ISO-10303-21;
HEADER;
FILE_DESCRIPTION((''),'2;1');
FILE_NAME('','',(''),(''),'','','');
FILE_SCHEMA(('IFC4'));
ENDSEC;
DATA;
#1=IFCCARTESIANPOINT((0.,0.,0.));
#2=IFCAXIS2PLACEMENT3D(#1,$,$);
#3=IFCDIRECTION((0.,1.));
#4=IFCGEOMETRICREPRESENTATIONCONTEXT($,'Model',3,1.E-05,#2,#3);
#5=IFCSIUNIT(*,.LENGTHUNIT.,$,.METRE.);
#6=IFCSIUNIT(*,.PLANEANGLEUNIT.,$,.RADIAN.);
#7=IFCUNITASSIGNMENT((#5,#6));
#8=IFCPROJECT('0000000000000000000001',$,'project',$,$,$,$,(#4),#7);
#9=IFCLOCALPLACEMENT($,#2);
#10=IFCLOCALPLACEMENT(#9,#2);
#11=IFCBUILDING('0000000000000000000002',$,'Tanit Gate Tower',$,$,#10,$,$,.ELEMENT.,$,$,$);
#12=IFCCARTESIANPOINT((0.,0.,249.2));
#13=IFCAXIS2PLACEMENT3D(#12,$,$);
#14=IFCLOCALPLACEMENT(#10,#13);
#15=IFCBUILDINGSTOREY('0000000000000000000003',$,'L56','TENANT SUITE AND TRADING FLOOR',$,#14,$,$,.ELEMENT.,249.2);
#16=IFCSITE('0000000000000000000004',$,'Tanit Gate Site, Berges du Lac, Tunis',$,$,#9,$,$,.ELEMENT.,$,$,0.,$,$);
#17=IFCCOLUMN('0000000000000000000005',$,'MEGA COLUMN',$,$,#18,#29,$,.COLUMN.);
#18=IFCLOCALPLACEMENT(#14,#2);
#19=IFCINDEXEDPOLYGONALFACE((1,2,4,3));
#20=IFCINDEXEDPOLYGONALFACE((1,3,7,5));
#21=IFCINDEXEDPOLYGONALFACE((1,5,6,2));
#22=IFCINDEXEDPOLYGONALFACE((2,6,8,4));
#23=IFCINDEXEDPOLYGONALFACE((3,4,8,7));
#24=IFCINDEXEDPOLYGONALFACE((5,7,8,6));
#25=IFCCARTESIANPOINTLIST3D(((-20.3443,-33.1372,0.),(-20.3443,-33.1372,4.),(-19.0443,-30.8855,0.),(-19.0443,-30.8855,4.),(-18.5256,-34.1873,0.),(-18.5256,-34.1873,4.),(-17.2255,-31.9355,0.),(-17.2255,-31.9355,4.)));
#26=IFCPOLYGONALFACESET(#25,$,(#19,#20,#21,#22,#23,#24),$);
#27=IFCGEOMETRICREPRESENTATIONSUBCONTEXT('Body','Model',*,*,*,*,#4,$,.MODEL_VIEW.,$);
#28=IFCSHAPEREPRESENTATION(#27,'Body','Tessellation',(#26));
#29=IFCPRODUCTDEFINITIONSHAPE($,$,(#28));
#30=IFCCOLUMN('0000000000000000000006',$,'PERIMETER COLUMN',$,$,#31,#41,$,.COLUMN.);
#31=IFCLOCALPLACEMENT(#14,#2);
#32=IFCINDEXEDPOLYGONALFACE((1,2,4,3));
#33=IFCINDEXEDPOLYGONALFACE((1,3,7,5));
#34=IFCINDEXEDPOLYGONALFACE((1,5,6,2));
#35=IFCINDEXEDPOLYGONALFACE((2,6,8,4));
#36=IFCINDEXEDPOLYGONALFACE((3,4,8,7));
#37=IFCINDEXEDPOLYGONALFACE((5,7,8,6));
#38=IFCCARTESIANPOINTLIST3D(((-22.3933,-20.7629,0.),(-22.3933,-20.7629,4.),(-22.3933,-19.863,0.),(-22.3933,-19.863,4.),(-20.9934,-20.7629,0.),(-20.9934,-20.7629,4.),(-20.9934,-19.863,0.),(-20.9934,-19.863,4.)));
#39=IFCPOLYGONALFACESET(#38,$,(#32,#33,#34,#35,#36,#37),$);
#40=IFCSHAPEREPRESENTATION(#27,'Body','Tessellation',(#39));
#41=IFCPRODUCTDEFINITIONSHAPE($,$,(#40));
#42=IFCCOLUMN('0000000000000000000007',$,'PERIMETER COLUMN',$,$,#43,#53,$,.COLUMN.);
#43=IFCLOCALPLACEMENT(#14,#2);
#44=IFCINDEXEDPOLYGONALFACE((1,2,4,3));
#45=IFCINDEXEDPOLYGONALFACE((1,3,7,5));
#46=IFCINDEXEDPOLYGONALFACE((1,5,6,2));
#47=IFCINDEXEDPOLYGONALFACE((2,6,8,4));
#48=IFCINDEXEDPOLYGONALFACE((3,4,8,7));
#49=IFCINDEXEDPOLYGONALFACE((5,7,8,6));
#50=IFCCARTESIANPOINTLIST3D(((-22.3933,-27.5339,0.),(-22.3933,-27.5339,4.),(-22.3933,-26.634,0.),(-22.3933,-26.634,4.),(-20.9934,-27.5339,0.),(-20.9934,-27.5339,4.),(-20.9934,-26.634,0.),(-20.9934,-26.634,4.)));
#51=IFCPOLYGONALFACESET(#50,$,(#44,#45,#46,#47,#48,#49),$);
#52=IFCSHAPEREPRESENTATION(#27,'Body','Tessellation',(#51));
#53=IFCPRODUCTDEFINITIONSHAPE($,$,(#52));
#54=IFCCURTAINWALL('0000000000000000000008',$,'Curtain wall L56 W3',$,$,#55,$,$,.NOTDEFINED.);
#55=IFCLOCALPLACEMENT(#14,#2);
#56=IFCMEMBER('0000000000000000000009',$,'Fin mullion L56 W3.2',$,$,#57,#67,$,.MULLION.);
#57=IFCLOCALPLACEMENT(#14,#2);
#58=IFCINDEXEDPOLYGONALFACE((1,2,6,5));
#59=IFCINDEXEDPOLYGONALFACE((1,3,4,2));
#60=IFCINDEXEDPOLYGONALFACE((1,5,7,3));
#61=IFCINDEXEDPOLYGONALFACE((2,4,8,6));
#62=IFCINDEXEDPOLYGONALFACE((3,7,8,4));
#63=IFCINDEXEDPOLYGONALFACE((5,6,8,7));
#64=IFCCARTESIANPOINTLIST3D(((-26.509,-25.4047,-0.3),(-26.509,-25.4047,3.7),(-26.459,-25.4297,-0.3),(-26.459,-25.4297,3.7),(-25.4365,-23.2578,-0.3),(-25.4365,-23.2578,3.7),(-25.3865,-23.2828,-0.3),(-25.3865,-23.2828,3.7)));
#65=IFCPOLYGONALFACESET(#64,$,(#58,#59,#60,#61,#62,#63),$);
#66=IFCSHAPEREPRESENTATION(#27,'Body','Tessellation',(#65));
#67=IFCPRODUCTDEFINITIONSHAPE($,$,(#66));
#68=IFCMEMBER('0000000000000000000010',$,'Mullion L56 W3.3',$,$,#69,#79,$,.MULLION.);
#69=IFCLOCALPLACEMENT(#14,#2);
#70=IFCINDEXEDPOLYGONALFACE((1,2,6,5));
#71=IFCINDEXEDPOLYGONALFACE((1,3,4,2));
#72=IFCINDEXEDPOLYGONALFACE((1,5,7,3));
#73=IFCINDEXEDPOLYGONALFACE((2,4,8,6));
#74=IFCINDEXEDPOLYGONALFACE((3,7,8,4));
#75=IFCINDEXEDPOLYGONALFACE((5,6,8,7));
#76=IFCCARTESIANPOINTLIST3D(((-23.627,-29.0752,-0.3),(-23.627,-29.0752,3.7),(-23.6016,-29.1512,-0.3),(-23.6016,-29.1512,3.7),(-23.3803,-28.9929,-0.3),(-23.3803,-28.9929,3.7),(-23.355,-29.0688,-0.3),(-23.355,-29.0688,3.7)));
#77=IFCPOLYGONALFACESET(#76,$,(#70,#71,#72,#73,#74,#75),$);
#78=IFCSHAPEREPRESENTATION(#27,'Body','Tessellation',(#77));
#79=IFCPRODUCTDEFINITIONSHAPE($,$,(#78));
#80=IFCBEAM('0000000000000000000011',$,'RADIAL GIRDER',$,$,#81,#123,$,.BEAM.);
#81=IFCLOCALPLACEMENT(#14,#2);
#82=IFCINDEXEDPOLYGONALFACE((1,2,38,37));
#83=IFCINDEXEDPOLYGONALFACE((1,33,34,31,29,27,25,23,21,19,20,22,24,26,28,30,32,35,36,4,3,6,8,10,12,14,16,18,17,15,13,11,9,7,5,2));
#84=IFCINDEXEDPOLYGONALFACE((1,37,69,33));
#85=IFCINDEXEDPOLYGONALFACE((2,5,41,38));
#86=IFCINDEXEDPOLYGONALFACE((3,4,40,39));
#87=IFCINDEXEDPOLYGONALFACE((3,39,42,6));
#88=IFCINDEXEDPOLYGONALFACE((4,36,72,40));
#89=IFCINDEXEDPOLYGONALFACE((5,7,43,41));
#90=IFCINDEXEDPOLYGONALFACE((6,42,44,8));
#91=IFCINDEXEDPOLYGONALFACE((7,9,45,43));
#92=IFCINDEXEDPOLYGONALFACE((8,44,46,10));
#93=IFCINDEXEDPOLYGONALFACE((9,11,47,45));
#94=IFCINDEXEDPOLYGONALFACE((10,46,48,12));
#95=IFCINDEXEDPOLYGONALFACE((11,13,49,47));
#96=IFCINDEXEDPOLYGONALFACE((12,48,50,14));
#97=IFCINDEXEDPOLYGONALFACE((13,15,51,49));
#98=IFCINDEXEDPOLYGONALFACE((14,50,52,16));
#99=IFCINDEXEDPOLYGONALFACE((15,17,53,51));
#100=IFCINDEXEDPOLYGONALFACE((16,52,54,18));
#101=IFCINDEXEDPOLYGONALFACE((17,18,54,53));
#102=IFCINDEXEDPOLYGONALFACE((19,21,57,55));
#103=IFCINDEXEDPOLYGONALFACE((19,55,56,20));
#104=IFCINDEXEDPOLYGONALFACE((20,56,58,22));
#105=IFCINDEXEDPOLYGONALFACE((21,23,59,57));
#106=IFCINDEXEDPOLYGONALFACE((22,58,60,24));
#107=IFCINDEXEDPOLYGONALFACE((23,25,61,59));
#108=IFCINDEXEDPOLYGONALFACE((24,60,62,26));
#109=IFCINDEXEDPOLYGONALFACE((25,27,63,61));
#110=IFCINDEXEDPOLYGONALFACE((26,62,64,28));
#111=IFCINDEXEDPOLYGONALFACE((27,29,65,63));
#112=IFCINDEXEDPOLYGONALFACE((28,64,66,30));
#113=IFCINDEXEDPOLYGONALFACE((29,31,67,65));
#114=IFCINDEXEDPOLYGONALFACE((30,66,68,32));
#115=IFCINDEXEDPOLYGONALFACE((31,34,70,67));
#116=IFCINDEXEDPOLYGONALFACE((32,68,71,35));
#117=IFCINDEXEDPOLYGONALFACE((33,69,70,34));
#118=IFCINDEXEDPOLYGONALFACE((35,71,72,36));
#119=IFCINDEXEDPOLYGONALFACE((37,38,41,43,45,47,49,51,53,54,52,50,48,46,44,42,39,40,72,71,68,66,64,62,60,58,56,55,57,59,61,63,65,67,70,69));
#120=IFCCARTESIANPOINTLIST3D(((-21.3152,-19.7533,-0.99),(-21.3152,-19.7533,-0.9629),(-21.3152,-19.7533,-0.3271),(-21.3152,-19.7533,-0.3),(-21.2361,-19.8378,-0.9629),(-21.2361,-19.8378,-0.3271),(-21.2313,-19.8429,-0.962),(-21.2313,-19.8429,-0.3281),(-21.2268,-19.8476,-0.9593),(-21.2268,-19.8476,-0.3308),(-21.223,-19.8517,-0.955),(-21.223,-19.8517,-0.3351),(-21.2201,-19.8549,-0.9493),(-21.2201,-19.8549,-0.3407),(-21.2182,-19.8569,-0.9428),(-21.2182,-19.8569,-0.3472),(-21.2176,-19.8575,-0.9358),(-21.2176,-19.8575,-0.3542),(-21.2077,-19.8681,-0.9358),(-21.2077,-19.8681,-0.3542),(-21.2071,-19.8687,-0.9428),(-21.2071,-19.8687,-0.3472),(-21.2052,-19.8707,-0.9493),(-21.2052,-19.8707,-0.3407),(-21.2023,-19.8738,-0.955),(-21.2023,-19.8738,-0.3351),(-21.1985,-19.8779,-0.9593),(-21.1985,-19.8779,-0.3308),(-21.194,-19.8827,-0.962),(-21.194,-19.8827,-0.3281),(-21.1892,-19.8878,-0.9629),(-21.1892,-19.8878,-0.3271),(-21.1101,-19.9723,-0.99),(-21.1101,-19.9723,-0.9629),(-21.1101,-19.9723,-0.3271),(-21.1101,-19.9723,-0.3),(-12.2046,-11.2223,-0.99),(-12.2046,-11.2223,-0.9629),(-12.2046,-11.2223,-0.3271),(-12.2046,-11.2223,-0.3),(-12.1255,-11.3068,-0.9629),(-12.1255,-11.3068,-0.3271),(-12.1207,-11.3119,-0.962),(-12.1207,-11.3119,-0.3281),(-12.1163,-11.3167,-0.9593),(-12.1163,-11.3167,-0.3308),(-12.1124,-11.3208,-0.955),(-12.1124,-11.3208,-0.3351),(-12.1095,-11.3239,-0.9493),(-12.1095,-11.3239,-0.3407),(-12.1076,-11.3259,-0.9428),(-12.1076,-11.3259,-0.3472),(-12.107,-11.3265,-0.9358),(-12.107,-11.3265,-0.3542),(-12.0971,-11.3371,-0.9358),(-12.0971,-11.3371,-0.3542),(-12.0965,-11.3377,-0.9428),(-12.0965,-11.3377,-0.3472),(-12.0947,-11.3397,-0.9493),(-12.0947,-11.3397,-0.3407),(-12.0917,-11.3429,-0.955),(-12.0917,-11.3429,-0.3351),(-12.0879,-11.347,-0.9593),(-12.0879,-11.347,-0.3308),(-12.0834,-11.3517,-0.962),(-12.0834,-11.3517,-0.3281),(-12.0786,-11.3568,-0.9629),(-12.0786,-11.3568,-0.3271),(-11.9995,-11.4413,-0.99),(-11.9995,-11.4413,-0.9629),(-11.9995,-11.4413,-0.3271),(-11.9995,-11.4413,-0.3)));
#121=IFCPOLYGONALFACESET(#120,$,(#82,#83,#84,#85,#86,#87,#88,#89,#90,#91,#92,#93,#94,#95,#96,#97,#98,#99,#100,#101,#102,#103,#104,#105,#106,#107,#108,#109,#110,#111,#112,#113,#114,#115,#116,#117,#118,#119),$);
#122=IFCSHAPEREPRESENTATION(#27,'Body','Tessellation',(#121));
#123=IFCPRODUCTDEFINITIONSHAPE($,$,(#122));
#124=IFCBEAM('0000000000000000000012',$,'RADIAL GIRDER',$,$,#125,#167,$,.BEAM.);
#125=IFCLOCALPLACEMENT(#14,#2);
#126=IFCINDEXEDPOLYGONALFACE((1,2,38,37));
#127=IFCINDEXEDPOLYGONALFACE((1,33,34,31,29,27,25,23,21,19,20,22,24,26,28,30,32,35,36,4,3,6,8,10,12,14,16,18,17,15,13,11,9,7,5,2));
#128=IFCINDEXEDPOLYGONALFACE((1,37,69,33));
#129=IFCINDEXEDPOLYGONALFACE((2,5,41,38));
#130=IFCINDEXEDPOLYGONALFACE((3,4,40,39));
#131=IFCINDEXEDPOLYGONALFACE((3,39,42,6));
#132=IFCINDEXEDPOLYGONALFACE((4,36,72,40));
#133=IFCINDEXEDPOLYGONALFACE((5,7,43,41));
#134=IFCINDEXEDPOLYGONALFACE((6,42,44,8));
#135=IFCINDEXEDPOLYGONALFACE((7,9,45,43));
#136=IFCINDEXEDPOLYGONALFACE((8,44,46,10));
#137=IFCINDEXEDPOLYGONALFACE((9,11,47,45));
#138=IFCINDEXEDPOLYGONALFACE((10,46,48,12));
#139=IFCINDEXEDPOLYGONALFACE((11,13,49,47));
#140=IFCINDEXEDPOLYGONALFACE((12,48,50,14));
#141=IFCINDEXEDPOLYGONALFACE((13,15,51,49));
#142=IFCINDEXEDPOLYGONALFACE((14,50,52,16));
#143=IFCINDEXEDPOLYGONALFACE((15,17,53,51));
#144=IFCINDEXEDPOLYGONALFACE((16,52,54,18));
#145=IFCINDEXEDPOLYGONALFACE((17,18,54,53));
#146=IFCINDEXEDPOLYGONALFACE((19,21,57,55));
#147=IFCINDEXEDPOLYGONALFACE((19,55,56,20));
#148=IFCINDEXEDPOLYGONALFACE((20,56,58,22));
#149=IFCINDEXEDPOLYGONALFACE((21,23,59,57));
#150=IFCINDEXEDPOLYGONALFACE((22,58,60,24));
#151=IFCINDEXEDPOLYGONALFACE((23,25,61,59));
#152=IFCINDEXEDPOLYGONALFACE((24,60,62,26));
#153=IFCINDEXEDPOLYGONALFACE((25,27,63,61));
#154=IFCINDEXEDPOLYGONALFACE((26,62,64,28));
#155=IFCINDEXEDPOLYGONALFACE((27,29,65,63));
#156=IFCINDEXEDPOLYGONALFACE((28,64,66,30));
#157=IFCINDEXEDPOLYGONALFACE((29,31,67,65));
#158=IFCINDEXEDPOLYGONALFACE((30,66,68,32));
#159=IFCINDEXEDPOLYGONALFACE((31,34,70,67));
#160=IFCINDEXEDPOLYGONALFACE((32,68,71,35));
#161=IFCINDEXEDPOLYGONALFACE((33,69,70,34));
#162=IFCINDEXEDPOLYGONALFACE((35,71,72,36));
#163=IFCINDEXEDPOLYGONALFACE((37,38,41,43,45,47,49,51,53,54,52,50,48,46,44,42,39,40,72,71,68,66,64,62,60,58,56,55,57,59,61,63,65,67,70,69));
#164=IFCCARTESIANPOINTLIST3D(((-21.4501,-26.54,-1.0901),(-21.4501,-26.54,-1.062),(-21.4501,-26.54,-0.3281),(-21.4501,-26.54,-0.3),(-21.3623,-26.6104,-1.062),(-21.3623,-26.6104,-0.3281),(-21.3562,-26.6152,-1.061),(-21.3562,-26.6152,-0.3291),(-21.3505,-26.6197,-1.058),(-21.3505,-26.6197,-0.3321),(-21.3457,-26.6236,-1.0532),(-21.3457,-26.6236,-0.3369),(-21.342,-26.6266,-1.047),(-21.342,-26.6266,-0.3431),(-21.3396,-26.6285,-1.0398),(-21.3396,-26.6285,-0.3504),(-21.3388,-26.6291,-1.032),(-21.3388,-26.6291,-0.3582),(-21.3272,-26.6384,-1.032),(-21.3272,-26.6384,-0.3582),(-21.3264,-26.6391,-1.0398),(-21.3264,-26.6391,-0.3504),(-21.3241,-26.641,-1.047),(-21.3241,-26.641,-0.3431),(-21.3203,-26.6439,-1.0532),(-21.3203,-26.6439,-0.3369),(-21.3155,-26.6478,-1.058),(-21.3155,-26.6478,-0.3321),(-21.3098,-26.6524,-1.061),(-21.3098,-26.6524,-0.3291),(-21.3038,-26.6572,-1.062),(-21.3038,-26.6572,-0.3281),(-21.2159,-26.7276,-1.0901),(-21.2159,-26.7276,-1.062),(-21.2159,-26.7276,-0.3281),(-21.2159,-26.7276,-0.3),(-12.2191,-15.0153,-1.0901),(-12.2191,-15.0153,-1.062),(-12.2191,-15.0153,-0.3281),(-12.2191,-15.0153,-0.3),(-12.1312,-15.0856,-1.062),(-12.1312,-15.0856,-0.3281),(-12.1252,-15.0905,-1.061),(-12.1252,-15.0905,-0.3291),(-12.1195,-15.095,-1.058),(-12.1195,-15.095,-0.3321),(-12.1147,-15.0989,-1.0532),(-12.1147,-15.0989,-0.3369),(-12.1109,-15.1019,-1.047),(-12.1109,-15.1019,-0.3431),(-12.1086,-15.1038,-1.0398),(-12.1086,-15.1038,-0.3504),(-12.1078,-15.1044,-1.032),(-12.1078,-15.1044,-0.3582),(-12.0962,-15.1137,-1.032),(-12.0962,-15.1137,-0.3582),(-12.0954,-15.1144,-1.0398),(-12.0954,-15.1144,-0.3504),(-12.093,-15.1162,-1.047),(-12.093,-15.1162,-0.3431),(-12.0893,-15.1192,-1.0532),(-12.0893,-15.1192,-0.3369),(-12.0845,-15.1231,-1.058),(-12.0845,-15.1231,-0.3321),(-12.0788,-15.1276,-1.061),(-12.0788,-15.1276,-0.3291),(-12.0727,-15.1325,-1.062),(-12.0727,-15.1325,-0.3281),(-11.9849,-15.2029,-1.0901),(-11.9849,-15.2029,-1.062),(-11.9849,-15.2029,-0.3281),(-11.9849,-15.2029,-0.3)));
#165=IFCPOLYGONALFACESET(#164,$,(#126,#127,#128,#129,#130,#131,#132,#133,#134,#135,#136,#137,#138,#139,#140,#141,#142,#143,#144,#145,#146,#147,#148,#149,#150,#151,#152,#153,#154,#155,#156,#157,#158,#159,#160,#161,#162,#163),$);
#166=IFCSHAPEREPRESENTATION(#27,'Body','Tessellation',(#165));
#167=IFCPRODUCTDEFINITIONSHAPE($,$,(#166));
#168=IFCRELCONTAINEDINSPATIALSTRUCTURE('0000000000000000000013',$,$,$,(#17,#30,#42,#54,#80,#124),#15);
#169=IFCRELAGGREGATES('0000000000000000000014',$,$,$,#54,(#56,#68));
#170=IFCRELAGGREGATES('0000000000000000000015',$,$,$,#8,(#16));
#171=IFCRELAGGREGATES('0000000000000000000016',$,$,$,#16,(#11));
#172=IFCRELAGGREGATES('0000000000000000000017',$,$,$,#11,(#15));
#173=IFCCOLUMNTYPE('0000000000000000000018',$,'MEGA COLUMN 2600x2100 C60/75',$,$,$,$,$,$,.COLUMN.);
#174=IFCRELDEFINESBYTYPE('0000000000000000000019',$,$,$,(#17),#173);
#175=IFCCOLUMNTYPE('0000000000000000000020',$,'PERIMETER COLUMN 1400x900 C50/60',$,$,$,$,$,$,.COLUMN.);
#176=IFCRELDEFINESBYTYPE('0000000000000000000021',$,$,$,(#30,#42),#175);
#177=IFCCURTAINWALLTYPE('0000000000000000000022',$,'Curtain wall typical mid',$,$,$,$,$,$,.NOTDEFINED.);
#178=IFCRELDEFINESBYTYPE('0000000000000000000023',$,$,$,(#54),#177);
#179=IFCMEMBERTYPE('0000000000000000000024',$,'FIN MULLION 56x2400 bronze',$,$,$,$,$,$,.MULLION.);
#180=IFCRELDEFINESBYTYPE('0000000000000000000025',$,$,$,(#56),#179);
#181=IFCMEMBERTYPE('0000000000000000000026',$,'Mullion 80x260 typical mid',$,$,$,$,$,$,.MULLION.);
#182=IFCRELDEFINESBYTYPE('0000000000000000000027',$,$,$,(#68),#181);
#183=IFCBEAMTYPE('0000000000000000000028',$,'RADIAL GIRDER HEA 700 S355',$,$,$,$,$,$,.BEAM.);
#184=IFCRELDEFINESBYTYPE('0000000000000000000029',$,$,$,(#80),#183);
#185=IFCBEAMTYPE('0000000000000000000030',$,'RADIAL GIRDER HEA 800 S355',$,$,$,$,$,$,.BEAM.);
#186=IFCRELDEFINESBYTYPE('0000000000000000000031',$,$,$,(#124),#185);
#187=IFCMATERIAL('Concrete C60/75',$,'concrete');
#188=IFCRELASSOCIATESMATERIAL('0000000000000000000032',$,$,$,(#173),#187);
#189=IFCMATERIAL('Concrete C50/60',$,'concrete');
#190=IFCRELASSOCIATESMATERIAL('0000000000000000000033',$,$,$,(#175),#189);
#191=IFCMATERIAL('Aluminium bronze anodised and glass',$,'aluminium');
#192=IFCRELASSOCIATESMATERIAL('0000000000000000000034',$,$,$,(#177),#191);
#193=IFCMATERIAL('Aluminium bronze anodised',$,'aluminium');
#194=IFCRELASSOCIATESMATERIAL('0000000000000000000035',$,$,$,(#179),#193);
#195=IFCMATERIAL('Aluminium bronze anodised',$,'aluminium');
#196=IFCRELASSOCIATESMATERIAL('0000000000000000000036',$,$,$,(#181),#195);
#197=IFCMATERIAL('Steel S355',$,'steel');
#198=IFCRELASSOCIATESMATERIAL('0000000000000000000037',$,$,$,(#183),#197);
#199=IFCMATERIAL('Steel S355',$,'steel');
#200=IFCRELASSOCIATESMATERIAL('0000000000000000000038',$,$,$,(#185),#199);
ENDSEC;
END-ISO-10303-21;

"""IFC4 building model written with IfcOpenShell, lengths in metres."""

from ifc_helpers import new_model, si_unit, direction, frame, origin, origin_2d, place, context, subcontext, project, spatial, rectangle, i_section, extrude, material, material_profile, profile_set, type_object, element, aggregate, save


model = new_model("IFC4")

# Units and contexts
model_context = context("Model", 3, precision=1e-05, world=origin(), true_north=direction((0.0, 1.0)))
body_context = subcontext(model_context, "Body", "Model", "MODEL_VIEW")
ifc_project = project(units=[si_unit("LENGTHUNIT", "METRE"), si_unit("PLANEANGLEUNIT", "RADIAN")], contexts=[model_context])

# Site, building, storey
site_placement = place(None, origin())
site = spatial("IfcSite", under=ifc_project, at=site_placement, Name="Tanit Gate Site, Berges du Lac, Tunis", CompositionType="ELEMENT", RefElevation=0.0)
building_placement = place(site_placement, origin())
building = spatial("IfcBuilding", under=site, at=building_placement, Name="Tanit Gate Tower", CompositionType="ELEMENT")
storey_placement = place(building_placement, frame((0.0, 0.0, 249.2)))
storey = spatial("IfcBuildingStorey", under=building, at=storey_placement, Name="L56", Description="TENANT SUITE AND TRADING FLOOR", CompositionType="ELEMENT", Elevation=249.2)

# Columns
ifc_material_1 = material(Name="Concrete C60/75", Category="concrete")
ifc_material_profile_1 = material_profile(ifc_material_1, rectangle(XDim=2.6001, YDim=2.1001, at=origin_2d()), Name="RC 2600x2100")
ifc_profile_set_1 = profile_set([ifc_material_profile_1], Name="Concrete C60/75")
column_type_1 = type_object("IfcColumnType", Name="MEGA COLUMN 2600x2100 C60/75", PredefinedType="COLUMN", material=ifc_profile_set_1)
column_placement = place(storey_placement, frame((-18.7849, -32.5364, 0.0), z_axis=(0.0, 0.0, 1.0), x_axis=(-0.5, -0.866025, 0.0)))
element("IfcColumn", 1, at=column_placement, inside=storey, type_object=column_type_1, Name="MEGA COLUMN", PredefinedType="COLUMN", context=body_context, shape_type="SweptSolid", body=[
    extrude(rectangle(XDim=2.6001, YDim=2.1001, at=origin_2d()), origin(), (0.0, 0.0, 1.0), 4.0),
])
ifc_material_2 = material(Name="Concrete C50/60", Category="concrete")
ifc_material_profile_2 = material_profile(ifc_material_2, rectangle(XDim=1.3999, YDim=0.8999, at=origin_2d()), Name="RC 1400x900")
ifc_profile_set_2 = profile_set([ifc_material_profile_2], Name="Concrete C50/60")
column_type_2 = type_object("IfcColumnType", Name="PERIMETER COLUMN 1400x900 C50/60", PredefinedType="COLUMN", material=ifc_profile_set_2)
for number, where, z_axis, x_axis, name in (
    (2, (-21.6934, -20.313, 0.0), (0.0, 0.0, 1.0), (-1.0, 0.0, 0.0), "PERIMETER COLUMN"),
    (3, (-21.6934, -27.084, 0.0), (0.0, 0.0, 1.0), (-1.0, 0.0, 0.0), "PERIMETER COLUMN"),
):
    element("IfcColumn", number, at=place(storey_placement, frame(where, z_axis=z_axis, x_axis=x_axis)), inside=storey, type_object=column_type_2, Name=name, PredefinedType="COLUMN", context=body_context, shape_type="SweptSolid", body=[
        extrude(rectangle(XDim=1.3999, YDim=0.8999, at=origin_2d()), origin(), (0.0, 0.0, 1.0), 4.0),
    ])

# Curtain wall, members
ifc_material_3 = material(Name="Aluminium bronze anodised and glass", Category="aluminium")
curtain_wall_type = type_object("IfcCurtainWallType", Name="Curtain wall typical mid", PredefinedType="NOTDEFINED", material=ifc_material_3)
curtain_wall_placement = place(storey_placement, origin())
curtain_wall = element("IfcCurtainWall", 4, at=curtain_wall_placement, inside=storey, type_object=curtain_wall_type, Name="Curtain wall L56 W3", PredefinedType="NOTDEFINED")
ifc_material_4 = material(Name="Aluminium bronze anodised", Category="aluminium")
ifc_material_profile_3 = material_profile(ifc_material_4, rectangle(XDim=2.3999, YDim=0.0559, at=origin_2d()), Name="56x2400 bronze fin mullion")
ifc_profile_set_3 = profile_set([ifc_material_profile_3], Name="Aluminium bronze anodised")
member_type_1 = type_object("IfcMemberType", Name="FIN MULLION 56x2400 bronze", PredefinedType="MULLION", material=ifc_profile_set_3)
member_1_placement = place(storey_placement, frame((-25.9478, -24.3438, -0.3), z_axis=(0.0, 0.0, 1.0), x_axis=(0.446865, 0.894602, 0.0)))
member_1 = element("IfcMember", 5, at=member_1_placement, type_object=member_type_1, Name="Fin mullion L56 W3.2", PredefinedType="MULLION", context=body_context, shape_type="SweptSolid", body=[
    extrude(rectangle(XDim=2.3999, YDim=0.0559, at=origin_2d()), origin(), (0.0, 0.0, 1.0), 4.0),
])
ifc_material_5 = material(Name="Aluminium bronze anodised", Category="aluminium")
ifc_material_profile_4 = material_profile(ifc_material_5, rectangle(XDim=0.26, YDim=0.0801, at=origin_2d()), Name="80x260 bronze mullion")
ifc_profile_set_4 = profile_set([ifc_material_profile_4], Name="Aluminium bronze anodised")
member_type_2 = type_object("IfcMemberType", Name="Mullion 80x260 typical mid", PredefinedType="MULLION", material=ifc_profile_set_4)
member_2_placement = place(storey_placement, frame((-23.491, -29.072, -0.3), z_axis=(0.0, 0.0, 1.0), x_axis=(0.94856, 0.316598, 0.0)))
member_2 = element("IfcMember", 6, at=member_2_placement, type_object=member_type_2, Name="Mullion L56 W3.3", PredefinedType="MULLION", context=body_context, shape_type="SweptSolid", body=[
    extrude(rectangle(XDim=0.26, YDim=0.0801, at=origin_2d()), origin(), (0.0, 0.0, 1.0), 4.0),
])

# Beams
ifc_material_6 = material(Name="Steel S355", Category="steel")
ifc_material_profile_5 = material_profile(ifc_material_6, i_section(OverallWidth=0.3, OverallDepth=0.6899, WebThickness=0.0144, FlangeThickness=0.0271, FilletRadius=0.0271, at=origin_2d()), Name="HEA 700")
ifc_profile_set_5 = profile_set([ifc_material_profile_5], Name="Steel S355")
beam_type_1 = type_object("IfcBeamType", Name="RADIAL GIRDER HEA 700 S355", PredefinedType="BEAM", material=ifc_profile_set_5)
beam_1_placement = place(storey_placement, frame((-21.2126, -19.8628, -0.645), z_axis=(0.729944, 0.683507, 0.0), x_axis=(-0.683507, 0.729944, 0.0)))
element("IfcBeam", 7, at=beam_1_placement, inside=storey, type_object=beam_type_1, Name="RADIAL GIRDER", PredefinedType="BEAM", context=body_context, shape_type="SweptSolid", body=[
    extrude(i_section(OverallWidth=0.3, OverallDepth=0.6899, WebThickness=0.0144, FlangeThickness=0.0271, FilletRadius=0.0271, at=origin_2d()), origin(), (0.0, 0.0, 1.0), 12.4812),
])
ifc_material_7 = material(Name="Steel S355", Category="steel")
ifc_material_profile_6 = material_profile(ifc_material_7, i_section(OverallWidth=0.3, OverallDepth=0.79, WebThickness=0.0149, FlangeThickness=0.0281, FilletRadius=0.03, at=origin_2d()), Name="HEA 800")
ifc_profile_set_6 = profile_set([ifc_material_profile_6], Name="Steel S355")
beam_type_2 = type_object("IfcBeamType", Name="RADIAL GIRDER HEA 800 S355", PredefinedType="BEAM", material=ifc_profile_set_6)
beam_2_placement = place(storey_placement, frame((-21.333, -26.6338, -0.6951), z_axis=(0.625159, 0.780498, 0.0), x_axis=(-0.780498, 0.625159, 0.0)))
element("IfcBeam", 8, at=beam_2_placement, inside=storey, type_object=beam_type_2, Name="RADIAL GIRDER", PredefinedType="BEAM", context=body_context, shape_type="SweptSolid", body=[
    extrude(i_section(OverallWidth=0.3, OverallDepth=0.79, WebThickness=0.0149, FlangeThickness=0.0281, FilletRadius=0.03, at=origin_2d()), origin(), (0.0, 0.0, 1.0), 14.7659),
])

aggregate(curtain_wall, [member_1, member_2])

save(model, "model.ifc")
